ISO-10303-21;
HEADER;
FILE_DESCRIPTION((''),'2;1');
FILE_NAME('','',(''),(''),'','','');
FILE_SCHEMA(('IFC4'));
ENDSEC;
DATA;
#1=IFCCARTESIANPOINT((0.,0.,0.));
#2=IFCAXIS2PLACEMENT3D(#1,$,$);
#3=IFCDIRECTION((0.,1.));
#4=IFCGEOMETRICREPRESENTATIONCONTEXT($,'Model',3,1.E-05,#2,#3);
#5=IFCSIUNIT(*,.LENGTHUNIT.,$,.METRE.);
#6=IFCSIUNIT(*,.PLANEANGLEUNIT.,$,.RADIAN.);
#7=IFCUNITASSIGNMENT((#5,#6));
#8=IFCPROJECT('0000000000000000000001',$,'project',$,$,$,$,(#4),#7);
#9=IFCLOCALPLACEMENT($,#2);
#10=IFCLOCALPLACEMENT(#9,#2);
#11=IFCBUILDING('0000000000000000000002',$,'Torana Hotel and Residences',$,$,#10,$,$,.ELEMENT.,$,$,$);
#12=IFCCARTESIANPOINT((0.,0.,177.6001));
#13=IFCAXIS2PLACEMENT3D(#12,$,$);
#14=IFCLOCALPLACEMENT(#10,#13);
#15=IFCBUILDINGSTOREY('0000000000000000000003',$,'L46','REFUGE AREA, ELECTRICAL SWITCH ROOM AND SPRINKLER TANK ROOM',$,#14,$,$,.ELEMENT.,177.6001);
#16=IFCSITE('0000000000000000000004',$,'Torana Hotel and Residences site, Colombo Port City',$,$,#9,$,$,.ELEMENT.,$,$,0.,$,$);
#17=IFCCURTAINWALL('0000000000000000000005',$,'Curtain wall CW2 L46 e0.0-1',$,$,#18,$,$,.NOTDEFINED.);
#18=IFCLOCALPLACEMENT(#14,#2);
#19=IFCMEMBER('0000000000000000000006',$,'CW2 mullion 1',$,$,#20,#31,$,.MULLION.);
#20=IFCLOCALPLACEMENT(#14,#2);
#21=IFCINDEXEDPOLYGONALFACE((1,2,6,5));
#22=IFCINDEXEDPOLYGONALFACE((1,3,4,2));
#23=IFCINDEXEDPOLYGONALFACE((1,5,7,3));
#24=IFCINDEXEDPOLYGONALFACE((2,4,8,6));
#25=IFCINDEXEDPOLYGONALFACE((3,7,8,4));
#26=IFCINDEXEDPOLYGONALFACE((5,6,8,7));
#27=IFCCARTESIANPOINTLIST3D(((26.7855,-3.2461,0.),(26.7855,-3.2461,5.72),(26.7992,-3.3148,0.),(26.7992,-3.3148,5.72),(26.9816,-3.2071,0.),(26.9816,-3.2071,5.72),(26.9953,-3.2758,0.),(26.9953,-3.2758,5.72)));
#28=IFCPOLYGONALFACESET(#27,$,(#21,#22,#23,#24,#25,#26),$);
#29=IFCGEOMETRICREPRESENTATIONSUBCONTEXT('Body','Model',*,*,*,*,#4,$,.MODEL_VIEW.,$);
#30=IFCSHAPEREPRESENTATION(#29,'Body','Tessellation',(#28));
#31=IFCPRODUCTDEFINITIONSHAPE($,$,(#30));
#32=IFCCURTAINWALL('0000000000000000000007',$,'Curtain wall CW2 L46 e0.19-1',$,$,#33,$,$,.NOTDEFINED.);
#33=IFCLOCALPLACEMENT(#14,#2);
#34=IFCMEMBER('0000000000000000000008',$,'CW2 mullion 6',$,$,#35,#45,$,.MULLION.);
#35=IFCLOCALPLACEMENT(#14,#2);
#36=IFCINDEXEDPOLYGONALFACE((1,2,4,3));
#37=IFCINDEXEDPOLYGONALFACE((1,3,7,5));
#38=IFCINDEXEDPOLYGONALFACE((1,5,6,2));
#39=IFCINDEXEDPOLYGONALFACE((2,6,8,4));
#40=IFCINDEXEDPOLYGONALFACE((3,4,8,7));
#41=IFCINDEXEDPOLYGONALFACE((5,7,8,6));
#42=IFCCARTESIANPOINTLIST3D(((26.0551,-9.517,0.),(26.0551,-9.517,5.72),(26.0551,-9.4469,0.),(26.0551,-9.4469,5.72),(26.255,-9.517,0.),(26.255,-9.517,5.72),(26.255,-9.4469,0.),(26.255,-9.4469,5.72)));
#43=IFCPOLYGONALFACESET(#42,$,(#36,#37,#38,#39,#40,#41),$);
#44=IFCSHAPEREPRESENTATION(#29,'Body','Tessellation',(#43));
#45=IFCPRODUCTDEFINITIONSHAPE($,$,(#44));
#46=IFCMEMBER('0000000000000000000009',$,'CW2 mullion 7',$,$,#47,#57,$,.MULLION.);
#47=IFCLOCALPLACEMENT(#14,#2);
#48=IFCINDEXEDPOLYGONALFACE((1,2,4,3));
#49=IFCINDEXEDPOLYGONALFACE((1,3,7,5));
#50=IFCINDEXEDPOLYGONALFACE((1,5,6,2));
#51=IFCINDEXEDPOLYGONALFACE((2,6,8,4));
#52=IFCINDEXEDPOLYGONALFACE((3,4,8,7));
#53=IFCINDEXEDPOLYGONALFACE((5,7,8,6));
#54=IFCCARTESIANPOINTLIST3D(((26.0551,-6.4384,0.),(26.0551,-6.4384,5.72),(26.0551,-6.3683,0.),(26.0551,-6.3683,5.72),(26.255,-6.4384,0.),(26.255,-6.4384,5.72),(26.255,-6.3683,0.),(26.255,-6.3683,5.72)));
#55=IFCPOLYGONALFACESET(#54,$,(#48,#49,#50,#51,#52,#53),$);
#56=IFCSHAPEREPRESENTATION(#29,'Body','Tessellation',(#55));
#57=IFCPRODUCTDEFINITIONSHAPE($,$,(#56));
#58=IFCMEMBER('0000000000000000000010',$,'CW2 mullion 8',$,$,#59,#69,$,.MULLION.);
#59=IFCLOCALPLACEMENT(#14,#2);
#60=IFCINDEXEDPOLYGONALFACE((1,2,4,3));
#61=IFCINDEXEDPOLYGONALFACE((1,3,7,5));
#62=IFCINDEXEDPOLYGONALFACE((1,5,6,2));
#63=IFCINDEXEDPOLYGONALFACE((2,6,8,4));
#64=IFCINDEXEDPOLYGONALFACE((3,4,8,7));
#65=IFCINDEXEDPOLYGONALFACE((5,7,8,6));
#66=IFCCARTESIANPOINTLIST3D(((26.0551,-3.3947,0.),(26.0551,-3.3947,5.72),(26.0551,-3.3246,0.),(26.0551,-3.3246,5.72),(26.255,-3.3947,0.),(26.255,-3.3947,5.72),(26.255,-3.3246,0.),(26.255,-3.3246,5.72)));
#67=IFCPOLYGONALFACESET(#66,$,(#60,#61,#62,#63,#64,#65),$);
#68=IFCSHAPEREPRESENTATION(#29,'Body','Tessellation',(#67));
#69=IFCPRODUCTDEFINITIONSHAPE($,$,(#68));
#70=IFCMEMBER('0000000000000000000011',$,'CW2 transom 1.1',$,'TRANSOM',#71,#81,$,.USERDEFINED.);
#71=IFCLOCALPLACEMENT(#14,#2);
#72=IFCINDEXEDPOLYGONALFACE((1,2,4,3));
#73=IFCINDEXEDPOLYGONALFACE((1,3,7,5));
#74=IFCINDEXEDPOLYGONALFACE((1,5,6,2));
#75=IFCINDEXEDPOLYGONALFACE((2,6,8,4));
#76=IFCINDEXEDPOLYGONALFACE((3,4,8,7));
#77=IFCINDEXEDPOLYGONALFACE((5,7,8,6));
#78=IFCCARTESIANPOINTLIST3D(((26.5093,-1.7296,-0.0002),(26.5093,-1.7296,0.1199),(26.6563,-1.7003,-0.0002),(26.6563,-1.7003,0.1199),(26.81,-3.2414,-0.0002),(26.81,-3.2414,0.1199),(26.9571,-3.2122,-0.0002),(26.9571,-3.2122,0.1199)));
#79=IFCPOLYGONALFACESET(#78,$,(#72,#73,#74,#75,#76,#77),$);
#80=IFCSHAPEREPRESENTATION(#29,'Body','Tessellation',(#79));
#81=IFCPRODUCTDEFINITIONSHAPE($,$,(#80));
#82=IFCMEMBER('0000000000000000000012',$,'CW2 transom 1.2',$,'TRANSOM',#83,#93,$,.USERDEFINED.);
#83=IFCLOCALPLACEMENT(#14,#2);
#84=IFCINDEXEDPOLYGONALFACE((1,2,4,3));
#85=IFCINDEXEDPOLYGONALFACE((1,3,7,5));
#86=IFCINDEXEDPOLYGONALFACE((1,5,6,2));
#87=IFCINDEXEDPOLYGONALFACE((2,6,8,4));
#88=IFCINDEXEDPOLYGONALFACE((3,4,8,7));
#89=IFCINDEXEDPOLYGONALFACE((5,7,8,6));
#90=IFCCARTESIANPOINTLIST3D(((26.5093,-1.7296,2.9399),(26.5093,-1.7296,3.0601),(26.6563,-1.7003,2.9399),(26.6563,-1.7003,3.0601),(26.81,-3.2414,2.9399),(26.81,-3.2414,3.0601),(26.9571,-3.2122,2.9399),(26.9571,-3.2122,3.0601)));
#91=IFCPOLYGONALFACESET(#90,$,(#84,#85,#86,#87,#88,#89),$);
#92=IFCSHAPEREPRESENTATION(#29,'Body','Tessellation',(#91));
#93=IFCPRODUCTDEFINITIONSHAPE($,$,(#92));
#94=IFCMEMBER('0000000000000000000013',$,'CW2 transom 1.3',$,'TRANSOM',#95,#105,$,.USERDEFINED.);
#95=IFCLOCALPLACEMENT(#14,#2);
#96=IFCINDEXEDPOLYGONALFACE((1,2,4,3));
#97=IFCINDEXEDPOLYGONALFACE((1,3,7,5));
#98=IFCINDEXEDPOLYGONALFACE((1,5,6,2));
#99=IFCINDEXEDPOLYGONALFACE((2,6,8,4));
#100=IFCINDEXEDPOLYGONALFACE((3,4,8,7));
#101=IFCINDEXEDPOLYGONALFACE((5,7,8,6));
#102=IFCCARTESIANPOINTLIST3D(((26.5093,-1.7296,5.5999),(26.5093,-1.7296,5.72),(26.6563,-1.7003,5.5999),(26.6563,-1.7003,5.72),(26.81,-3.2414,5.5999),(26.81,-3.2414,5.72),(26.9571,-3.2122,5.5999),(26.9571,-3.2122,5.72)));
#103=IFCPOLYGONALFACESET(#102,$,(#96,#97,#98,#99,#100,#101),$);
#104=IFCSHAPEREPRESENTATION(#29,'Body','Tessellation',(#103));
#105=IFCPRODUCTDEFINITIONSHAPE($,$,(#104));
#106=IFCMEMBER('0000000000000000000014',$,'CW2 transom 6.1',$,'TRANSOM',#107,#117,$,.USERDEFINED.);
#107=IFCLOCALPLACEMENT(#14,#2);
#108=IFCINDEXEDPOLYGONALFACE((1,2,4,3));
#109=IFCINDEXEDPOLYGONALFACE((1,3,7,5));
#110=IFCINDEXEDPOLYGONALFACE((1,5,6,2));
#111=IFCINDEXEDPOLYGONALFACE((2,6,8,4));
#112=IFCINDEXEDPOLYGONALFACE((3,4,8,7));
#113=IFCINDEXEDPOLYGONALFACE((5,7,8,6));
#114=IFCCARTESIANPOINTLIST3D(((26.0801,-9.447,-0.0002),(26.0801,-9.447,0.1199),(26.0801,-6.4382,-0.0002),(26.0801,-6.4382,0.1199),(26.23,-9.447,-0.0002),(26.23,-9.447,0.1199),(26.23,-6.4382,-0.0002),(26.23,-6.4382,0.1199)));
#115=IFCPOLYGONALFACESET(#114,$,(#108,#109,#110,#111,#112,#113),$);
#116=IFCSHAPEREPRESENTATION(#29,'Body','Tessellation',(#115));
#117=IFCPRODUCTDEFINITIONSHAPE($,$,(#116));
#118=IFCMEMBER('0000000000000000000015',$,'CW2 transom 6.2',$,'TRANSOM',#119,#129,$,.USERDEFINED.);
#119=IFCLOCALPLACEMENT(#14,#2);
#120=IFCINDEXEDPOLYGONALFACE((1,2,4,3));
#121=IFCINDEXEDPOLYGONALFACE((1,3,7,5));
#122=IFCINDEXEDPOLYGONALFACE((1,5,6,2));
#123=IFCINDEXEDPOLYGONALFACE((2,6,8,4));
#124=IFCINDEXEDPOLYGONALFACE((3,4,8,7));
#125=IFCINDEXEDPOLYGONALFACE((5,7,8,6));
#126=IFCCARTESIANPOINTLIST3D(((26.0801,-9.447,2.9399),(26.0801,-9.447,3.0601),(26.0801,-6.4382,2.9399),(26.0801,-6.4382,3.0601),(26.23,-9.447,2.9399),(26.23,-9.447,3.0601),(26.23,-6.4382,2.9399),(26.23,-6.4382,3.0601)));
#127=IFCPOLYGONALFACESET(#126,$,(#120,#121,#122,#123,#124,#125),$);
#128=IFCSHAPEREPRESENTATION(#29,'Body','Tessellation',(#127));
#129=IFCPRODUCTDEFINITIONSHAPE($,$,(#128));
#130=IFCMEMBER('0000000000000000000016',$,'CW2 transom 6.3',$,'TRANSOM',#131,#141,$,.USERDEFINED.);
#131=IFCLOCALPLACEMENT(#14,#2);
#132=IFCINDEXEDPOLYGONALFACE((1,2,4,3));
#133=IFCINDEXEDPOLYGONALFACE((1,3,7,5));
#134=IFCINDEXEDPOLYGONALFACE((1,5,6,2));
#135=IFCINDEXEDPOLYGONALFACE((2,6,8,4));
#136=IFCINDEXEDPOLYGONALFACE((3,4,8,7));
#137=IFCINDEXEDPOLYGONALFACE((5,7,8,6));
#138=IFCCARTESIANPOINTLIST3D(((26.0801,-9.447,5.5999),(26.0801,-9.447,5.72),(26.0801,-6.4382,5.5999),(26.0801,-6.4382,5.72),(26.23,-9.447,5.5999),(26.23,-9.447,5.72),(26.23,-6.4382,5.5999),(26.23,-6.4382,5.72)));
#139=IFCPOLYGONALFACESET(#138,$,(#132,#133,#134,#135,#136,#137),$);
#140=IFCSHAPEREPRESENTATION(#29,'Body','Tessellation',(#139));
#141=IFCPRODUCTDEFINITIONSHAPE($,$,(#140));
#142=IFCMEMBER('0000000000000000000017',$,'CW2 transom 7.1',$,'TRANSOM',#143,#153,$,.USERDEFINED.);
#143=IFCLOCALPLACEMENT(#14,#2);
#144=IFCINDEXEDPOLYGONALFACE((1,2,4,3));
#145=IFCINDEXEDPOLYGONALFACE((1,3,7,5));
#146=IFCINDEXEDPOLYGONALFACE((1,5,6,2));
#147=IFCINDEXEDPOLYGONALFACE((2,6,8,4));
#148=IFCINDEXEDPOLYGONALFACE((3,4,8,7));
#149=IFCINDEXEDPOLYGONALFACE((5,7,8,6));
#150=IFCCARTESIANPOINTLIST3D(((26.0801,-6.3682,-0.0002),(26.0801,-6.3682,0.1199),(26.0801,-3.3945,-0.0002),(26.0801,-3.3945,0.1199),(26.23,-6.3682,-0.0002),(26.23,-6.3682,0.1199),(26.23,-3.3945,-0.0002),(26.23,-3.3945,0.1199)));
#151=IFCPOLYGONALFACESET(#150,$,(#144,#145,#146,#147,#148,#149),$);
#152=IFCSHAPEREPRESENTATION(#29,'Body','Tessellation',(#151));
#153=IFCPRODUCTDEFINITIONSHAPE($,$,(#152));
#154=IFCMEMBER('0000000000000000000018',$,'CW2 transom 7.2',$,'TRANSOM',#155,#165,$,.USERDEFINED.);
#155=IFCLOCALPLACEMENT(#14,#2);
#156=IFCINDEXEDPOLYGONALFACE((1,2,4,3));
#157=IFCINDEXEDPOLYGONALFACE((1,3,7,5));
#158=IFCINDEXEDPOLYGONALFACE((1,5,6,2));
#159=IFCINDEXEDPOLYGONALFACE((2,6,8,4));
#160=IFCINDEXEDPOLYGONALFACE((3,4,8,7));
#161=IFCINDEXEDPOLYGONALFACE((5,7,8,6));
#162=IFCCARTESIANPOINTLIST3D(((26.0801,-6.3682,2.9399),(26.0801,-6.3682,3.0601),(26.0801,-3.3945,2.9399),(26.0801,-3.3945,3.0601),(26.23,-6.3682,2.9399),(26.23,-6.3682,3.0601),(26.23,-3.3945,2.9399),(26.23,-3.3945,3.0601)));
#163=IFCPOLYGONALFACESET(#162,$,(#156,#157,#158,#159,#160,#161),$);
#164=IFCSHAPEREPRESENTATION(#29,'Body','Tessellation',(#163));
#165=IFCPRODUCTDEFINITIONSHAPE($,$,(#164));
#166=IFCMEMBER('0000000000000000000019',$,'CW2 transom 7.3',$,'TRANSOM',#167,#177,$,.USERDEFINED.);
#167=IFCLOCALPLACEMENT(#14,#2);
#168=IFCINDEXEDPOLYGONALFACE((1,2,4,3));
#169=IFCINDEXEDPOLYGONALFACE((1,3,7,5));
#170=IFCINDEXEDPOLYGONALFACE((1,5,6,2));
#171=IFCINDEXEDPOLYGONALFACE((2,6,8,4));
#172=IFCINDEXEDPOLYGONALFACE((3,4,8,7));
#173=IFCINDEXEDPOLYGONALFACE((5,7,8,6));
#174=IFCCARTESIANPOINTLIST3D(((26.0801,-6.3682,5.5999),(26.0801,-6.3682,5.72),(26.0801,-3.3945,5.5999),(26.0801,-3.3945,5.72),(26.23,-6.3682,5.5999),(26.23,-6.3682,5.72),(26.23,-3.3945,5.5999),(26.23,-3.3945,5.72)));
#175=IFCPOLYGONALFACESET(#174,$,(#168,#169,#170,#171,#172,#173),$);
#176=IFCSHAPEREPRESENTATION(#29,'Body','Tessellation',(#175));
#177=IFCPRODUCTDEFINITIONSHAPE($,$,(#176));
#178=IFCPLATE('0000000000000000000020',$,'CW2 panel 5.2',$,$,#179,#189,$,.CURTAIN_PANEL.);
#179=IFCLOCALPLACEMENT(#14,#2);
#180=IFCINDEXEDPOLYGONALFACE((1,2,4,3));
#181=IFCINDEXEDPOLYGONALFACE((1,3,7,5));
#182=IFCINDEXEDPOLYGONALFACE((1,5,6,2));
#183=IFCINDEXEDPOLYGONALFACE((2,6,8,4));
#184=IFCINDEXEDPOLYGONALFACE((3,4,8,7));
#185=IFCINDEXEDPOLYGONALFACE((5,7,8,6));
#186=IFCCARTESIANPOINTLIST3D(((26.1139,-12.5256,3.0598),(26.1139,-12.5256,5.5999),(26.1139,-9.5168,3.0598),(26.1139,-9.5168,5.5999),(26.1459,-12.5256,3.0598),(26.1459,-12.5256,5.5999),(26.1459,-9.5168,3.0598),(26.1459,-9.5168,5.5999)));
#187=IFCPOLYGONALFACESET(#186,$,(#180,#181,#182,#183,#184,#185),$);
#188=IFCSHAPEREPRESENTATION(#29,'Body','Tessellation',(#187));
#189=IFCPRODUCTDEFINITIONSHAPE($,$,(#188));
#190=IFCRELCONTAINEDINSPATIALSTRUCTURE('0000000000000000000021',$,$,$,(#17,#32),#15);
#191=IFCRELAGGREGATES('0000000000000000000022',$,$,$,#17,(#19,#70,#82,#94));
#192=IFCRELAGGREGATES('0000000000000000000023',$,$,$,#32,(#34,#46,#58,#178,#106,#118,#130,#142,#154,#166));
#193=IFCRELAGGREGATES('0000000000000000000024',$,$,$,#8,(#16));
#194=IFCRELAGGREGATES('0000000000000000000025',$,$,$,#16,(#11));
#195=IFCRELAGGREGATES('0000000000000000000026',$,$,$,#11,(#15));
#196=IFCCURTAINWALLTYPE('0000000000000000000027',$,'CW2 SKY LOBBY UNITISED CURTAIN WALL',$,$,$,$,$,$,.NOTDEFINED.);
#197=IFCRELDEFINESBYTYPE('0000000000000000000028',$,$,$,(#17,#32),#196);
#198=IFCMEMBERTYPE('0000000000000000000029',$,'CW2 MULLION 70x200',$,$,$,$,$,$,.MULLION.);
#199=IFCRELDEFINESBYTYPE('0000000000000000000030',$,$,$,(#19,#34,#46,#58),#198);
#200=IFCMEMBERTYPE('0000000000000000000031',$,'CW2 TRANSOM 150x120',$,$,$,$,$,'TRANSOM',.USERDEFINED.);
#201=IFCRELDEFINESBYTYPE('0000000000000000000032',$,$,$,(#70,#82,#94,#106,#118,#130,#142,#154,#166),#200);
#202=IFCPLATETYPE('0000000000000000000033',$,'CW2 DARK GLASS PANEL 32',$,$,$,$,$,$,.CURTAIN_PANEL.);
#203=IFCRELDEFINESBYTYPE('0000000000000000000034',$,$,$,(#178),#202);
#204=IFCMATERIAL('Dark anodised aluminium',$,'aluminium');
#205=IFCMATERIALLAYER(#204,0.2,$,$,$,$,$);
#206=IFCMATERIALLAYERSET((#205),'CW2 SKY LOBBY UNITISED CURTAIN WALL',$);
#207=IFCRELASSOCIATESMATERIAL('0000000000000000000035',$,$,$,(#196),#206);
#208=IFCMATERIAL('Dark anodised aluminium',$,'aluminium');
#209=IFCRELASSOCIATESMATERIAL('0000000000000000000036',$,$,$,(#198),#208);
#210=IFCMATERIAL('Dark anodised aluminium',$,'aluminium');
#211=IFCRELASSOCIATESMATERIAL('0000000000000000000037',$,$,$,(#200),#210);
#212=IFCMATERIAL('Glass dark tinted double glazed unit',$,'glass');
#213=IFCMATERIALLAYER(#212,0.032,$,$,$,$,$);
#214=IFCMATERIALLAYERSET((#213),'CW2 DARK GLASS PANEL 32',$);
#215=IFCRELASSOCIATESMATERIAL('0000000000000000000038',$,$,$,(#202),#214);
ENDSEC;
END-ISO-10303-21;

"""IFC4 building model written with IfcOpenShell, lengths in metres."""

from ifc_helpers import new_model, si_unit, direction, frame, origin, origin_2d, place, context, subcontext, project, spatial, rectangle, extrude, material, layer, layer_set, material_profile, profile_set, type_object, element, aggregate, save


model = new_model("IFC4")

# Units and contexts
model_context = context("Model", 3, precision=1e-05, world=origin(), true_north=direction((0.0, 1.0)))
body_context = subcontext(model_context, "Body", "Model", "MODEL_VIEW")
ifc_project = project(units=[si_unit("LENGTHUNIT", "METRE"), si_unit("PLANEANGLEUNIT", "RADIAN")], contexts=[model_context])

# Site, building, storey
site_placement = place(None, origin())
site = spatial("IfcSite", under=ifc_project, at=site_placement, Name="Torana Hotel and Residences site, Colombo Port City", CompositionType="ELEMENT", RefElevation=0.0)
building_placement = place(site_placement, origin())
building = spatial("IfcBuilding", under=site, at=building_placement, Name="Torana Hotel and Residences", CompositionType="ELEMENT")
storey_placement = place(building_placement, frame((0.0, 0.0, 177.6001)))
storey = spatial("IfcBuildingStorey", under=building, at=storey_placement, Name="L46", Description="REFUGE AREA, ELECTRICAL SWITCH ROOM AND SPRINKLER TANK ROOM", CompositionType="ELEMENT", Elevation=177.6001)

# Curtain wall, member
ifc_material_1 = material(Name="Dark anodised aluminium", Category="aluminium")
ifc_layer_1 = layer(ifc_material_1, 0.2)
ifc_layer_set_1 = layer_set([ifc_layer_1], Name="CW2 SKY LOBBY UNITISED CURTAIN WALL")
curtain_wall_type = type_object("IfcCurtainWallType", Name="CW2 SKY LOBBY UNITISED CURTAIN WALL", PredefinedType="NOTDEFINED", material=ifc_layer_set_1)
curtain_wall_1_placement = place(storey_placement, origin())
curtain_wall_1 = element("IfcCurtainWall", 1, at=curtain_wall_1_placement, inside=storey, type_object=curtain_wall_type, Name="Curtain wall CW2 L46 e0.0-1", PredefinedType="NOTDEFINED")
ifc_material_2 = material(Name="Dark anodised aluminium", Category="aluminium")
ifc_material_profile_1 = material_profile(ifc_material_2, rectangle(XDim=0.2, YDim=0.0701, at=origin_2d()), Name="CW2 MULLION 70x200")
ifc_profile_set_1 = profile_set([ifc_material_profile_1], Name="Dark anodised aluminium")
member_type_1 = type_object("IfcMemberType", Name="CW2 MULLION 70x200", PredefinedType="MULLION", material=ifc_profile_set_1)
member_1_placement = place(storey_placement, frame((26.8904, -3.261, 0.0), z_axis=(0.0, 0.0, 1.0), x_axis=(-0.980791, -0.195064, 0.0)))
member_1 = element("IfcMember", 2, at=member_1_placement, type_object=member_type_1, Name="CW2 mullion 1", PredefinedType="MULLION", context=body_context, shape_type="SweptSolid", body=[
    extrude(rectangle(XDim=0.2, YDim=0.0701, at=origin_2d()), origin(), (0.0, 0.0, 1.0), 5.72),
])

# Curtain wall, members
curtain_wall_2_placement = place(storey_placement, origin())
curtain_wall_2 = element("IfcCurtainWall", 3, at=curtain_wall_2_placement, inside=storey, type_object=curtain_wall_type, Name="Curtain wall CW2 L46 e0.19-1", PredefinedType="NOTDEFINED")
member_2_placement = place(storey_placement, frame((26.155, -9.4819, 0.0), z_axis=(0.0, 0.0, 1.0), x_axis=(-1.0, 0.0, 0.0)))
member_2 = element("IfcMember", 4, at=member_2_placement, type_object=member_type_1, Name="CW2 mullion 6", PredefinedType="MULLION", context=body_context, shape_type="SweptSolid", body=[
    extrude(rectangle(XDim=0.2, YDim=0.0701, at=origin_2d()), origin(), (0.0, 0.0, 1.0), 5.72),
])
member_3_placement = place(storey_placement, frame((26.155, -6.4033, 0.0), z_axis=(0.0, 0.0, 1.0), x_axis=(-1.0, 0.0, 0.0)))
member_3 = element("IfcMember", 5, at=member_3_placement, type_object=member_type_1, Name="CW2 mullion 7", PredefinedType="MULLION", context=body_context, shape_type="SweptSolid", body=[
    extrude(rectangle(XDim=0.2, YDim=0.0701, at=origin_2d()), origin(), (0.0, 0.0, 1.0), 5.72),
])
member_4_placement = place(storey_placement, frame((26.155, -3.3596, 0.0), z_axis=(0.0, 0.0, 1.0), x_axis=(-1.0, 0.0, 0.0)))
member_4 = element("IfcMember", 6, at=member_4_placement, type_object=member_type_1, Name="CW2 mullion 8", PredefinedType="MULLION", context=body_context, shape_type="SweptSolid", body=[
    extrude(rectangle(XDim=0.2, YDim=0.0701, at=origin_2d()), origin(), (0.0, 0.0, 1.0), 5.72),
])

# Members
ifc_material_3 = material(Name="Dark anodised aluminium", Category="aluminium")
ifc_material_profile_2 = material_profile(ifc_material_3, rectangle(XDim=0.1499, YDim=0.1201, at=origin_2d()), Name="CW2 TRANSOM 150x120")
ifc_profile_set_2 = profile_set([ifc_material_profile_2], Name="Dark anodised aluminium")
member_type_2 = type_object("IfcMemberType", Name="CW2 TRANSOM 150x120", ElementType="TRANSOM", PredefinedType="USERDEFINED", material=ifc_profile_set_2)
member_5_placement = place(storey_placement, frame((26.8835, -3.2268, 0.0598), z_axis=(-0.195111, 0.980781, 0.0), x_axis=(-0.980781, -0.195111, 0.0)))
member_5 = element("IfcMember", 7, at=member_5_placement, type_object=member_type_2, Name="CW2 transom 1.1", ObjectType="TRANSOM", PredefinedType="USERDEFINED", context=body_context, shape_type="SweptSolid", body=[
    extrude(rectangle(XDim=0.1499, YDim=0.1201, at=origin_2d()), origin(), (0.0, 0.0, 1.0), 1.5415),
])
member_6_placement = place(storey_placement, frame((26.8835, -3.2268, 3.0), z_axis=(-0.195111, 0.980781, 0.0), x_axis=(-0.980781, -0.195111, 0.0)))
member_6 = element("IfcMember", 8, at=member_6_placement, type_object=member_type_2, Name="CW2 transom 1.2", ObjectType="TRANSOM", PredefinedType="USERDEFINED", context=body_context, shape_type="SweptSolid", body=[
    extrude(rectangle(XDim=0.1499, YDim=0.1201, at=origin_2d()), origin(), (0.0, 0.0, 1.0), 1.5415),
])
member_7_placement = place(storey_placement, frame((26.8835, -3.2268, 5.6599), z_axis=(-0.195111, 0.980781, 0.0), x_axis=(-0.980781, -0.195111, 0.0)))
member_7 = element("IfcMember", 9, at=member_7_placement, type_object=member_type_2, Name="CW2 transom 1.3", ObjectType="TRANSOM", PredefinedType="USERDEFINED", context=body_context, shape_type="SweptSolid", body=[
    extrude(rectangle(XDim=0.1499, YDim=0.1201, at=origin_2d()), origin(), (0.0, 0.0, 1.0), 1.5415),
])
aggregate(curtain_wall_1, [member_1, member_5, member_6, member_7])
member_8_placement = place(storey_placement, frame((26.155, -9.447, 0.0598), z_axis=(0.0, 1.0, 0.0), x_axis=(-1.0, 0.0, 0.0)))
member_8 = element("IfcMember", 10, at=member_8_placement, type_object=member_type_2, Name="CW2 transom 6.1", ObjectType="TRANSOM", PredefinedType="USERDEFINED", context=body_context, shape_type="SweptSolid", body=[
    extrude(rectangle(XDim=0.1499, YDim=0.1201, at=origin_2d()), origin(), (0.0, 0.0, 1.0), 3.0088),
])
member_9_placement = place(storey_placement, frame((26.155, -9.447, 3.0), z_axis=(0.0, 1.0, 0.0), x_axis=(-1.0, 0.0, 0.0)))
member_9 = element("IfcMember", 11, at=member_9_placement, type_object=member_type_2, Name="CW2 transom 6.2", ObjectType="TRANSOM", PredefinedType="USERDEFINED", context=body_context, shape_type="SweptSolid", body=[
    extrude(rectangle(XDim=0.1499, YDim=0.1201, at=origin_2d()), origin(), (0.0, 0.0, 1.0), 3.0088),
])
member_10_placement = place(storey_placement, frame((26.155, -9.447, 5.6599), z_axis=(0.0, 1.0, 0.0), x_axis=(-1.0, 0.0, 0.0)))
member_10 = element("IfcMember", 12, at=member_10_placement, type_object=member_type_2, Name="CW2 transom 6.3", ObjectType="TRANSOM", PredefinedType="USERDEFINED", context=body_context, shape_type="SweptSolid", body=[
    extrude(rectangle(XDim=0.1499, YDim=0.1201, at=origin_2d()), origin(), (0.0, 0.0, 1.0), 3.0088),
])
member_11_placement = place(storey_placement, frame((26.155, -6.3682, 0.0598), z_axis=(0.0, 1.0, 0.0), x_axis=(-1.0, 0.0, 0.0)))
member_11 = element("IfcMember", 13, at=member_11_placement, type_object=member_type_2, Name="CW2 transom 7.1", ObjectType="TRANSOM", PredefinedType="USERDEFINED", context=body_context, shape_type="SweptSolid", body=[
    extrude(rectangle(XDim=0.1499, YDim=0.1201, at=origin_2d()), origin(), (0.0, 0.0, 1.0), 2.9736),
])
member_12_placement = place(storey_placement, frame((26.155, -6.3682, 3.0), z_axis=(0.0, 1.0, 0.0), x_axis=(-1.0, 0.0, 0.0)))
member_12 = element("IfcMember", 14, at=member_12_placement, type_object=member_type_2, Name="CW2 transom 7.2", ObjectType="TRANSOM", PredefinedType="USERDEFINED", context=body_context, shape_type="SweptSolid", body=[
    extrude(rectangle(XDim=0.1499, YDim=0.1201, at=origin_2d()), origin(), (0.0, 0.0, 1.0), 2.9736),
])
member_13_placement = place(storey_placement, frame((26.155, -6.3682, 5.6599), z_axis=(0.0, 1.0, 0.0), x_axis=(-1.0, 0.0, 0.0)))
member_13 = element("IfcMember", 15, at=member_13_placement, type_object=member_type_2, Name="CW2 transom 7.3", ObjectType="TRANSOM", PredefinedType="USERDEFINED", context=body_context, shape_type="SweptSolid", body=[
    extrude(rectangle(XDim=0.1499, YDim=0.1201, at=origin_2d()), origin(), (0.0, 0.0, 1.0), 2.9736),
])

# Plate
ifc_material_4 = material(Name="Glass dark tinted double glazed unit", Category="glass")
ifc_layer_2 = layer(ifc_material_4, 0.032)
ifc_layer_set_2 = layer_set([ifc_layer_2], Name="CW2 DARK GLASS PANEL 32")
plate_type = type_object("IfcPlateType", Name="CW2 DARK GLASS PANEL 32", PredefinedType="CURTAIN_PANEL", material=ifc_layer_set_2)
plate_1_placement = place(storey_placement, frame((26.1299, -11.0212, 3.0598), z_axis=(0.0, 0.0, 1.0), x_axis=(0.0, 1.0, 0.0)))
plate_1 = element("IfcPlate", 16, at=plate_1_placement, type_object=plate_type, Name="CW2 panel 5.2", PredefinedType="CURTAIN_PANEL", context=body_context, shape_type="SweptSolid", body=[
    extrude(rectangle(XDim=3.0088, YDim=0.032, at=origin_2d()), origin(), (0.0, 0.0, 1.0), 2.54),
])
aggregate(curtain_wall_2, [member_2, member_3, member_4, plate_1, member_8, member_9, member_10, member_11, member_12, member_13])

save(model, "model.ifc")
